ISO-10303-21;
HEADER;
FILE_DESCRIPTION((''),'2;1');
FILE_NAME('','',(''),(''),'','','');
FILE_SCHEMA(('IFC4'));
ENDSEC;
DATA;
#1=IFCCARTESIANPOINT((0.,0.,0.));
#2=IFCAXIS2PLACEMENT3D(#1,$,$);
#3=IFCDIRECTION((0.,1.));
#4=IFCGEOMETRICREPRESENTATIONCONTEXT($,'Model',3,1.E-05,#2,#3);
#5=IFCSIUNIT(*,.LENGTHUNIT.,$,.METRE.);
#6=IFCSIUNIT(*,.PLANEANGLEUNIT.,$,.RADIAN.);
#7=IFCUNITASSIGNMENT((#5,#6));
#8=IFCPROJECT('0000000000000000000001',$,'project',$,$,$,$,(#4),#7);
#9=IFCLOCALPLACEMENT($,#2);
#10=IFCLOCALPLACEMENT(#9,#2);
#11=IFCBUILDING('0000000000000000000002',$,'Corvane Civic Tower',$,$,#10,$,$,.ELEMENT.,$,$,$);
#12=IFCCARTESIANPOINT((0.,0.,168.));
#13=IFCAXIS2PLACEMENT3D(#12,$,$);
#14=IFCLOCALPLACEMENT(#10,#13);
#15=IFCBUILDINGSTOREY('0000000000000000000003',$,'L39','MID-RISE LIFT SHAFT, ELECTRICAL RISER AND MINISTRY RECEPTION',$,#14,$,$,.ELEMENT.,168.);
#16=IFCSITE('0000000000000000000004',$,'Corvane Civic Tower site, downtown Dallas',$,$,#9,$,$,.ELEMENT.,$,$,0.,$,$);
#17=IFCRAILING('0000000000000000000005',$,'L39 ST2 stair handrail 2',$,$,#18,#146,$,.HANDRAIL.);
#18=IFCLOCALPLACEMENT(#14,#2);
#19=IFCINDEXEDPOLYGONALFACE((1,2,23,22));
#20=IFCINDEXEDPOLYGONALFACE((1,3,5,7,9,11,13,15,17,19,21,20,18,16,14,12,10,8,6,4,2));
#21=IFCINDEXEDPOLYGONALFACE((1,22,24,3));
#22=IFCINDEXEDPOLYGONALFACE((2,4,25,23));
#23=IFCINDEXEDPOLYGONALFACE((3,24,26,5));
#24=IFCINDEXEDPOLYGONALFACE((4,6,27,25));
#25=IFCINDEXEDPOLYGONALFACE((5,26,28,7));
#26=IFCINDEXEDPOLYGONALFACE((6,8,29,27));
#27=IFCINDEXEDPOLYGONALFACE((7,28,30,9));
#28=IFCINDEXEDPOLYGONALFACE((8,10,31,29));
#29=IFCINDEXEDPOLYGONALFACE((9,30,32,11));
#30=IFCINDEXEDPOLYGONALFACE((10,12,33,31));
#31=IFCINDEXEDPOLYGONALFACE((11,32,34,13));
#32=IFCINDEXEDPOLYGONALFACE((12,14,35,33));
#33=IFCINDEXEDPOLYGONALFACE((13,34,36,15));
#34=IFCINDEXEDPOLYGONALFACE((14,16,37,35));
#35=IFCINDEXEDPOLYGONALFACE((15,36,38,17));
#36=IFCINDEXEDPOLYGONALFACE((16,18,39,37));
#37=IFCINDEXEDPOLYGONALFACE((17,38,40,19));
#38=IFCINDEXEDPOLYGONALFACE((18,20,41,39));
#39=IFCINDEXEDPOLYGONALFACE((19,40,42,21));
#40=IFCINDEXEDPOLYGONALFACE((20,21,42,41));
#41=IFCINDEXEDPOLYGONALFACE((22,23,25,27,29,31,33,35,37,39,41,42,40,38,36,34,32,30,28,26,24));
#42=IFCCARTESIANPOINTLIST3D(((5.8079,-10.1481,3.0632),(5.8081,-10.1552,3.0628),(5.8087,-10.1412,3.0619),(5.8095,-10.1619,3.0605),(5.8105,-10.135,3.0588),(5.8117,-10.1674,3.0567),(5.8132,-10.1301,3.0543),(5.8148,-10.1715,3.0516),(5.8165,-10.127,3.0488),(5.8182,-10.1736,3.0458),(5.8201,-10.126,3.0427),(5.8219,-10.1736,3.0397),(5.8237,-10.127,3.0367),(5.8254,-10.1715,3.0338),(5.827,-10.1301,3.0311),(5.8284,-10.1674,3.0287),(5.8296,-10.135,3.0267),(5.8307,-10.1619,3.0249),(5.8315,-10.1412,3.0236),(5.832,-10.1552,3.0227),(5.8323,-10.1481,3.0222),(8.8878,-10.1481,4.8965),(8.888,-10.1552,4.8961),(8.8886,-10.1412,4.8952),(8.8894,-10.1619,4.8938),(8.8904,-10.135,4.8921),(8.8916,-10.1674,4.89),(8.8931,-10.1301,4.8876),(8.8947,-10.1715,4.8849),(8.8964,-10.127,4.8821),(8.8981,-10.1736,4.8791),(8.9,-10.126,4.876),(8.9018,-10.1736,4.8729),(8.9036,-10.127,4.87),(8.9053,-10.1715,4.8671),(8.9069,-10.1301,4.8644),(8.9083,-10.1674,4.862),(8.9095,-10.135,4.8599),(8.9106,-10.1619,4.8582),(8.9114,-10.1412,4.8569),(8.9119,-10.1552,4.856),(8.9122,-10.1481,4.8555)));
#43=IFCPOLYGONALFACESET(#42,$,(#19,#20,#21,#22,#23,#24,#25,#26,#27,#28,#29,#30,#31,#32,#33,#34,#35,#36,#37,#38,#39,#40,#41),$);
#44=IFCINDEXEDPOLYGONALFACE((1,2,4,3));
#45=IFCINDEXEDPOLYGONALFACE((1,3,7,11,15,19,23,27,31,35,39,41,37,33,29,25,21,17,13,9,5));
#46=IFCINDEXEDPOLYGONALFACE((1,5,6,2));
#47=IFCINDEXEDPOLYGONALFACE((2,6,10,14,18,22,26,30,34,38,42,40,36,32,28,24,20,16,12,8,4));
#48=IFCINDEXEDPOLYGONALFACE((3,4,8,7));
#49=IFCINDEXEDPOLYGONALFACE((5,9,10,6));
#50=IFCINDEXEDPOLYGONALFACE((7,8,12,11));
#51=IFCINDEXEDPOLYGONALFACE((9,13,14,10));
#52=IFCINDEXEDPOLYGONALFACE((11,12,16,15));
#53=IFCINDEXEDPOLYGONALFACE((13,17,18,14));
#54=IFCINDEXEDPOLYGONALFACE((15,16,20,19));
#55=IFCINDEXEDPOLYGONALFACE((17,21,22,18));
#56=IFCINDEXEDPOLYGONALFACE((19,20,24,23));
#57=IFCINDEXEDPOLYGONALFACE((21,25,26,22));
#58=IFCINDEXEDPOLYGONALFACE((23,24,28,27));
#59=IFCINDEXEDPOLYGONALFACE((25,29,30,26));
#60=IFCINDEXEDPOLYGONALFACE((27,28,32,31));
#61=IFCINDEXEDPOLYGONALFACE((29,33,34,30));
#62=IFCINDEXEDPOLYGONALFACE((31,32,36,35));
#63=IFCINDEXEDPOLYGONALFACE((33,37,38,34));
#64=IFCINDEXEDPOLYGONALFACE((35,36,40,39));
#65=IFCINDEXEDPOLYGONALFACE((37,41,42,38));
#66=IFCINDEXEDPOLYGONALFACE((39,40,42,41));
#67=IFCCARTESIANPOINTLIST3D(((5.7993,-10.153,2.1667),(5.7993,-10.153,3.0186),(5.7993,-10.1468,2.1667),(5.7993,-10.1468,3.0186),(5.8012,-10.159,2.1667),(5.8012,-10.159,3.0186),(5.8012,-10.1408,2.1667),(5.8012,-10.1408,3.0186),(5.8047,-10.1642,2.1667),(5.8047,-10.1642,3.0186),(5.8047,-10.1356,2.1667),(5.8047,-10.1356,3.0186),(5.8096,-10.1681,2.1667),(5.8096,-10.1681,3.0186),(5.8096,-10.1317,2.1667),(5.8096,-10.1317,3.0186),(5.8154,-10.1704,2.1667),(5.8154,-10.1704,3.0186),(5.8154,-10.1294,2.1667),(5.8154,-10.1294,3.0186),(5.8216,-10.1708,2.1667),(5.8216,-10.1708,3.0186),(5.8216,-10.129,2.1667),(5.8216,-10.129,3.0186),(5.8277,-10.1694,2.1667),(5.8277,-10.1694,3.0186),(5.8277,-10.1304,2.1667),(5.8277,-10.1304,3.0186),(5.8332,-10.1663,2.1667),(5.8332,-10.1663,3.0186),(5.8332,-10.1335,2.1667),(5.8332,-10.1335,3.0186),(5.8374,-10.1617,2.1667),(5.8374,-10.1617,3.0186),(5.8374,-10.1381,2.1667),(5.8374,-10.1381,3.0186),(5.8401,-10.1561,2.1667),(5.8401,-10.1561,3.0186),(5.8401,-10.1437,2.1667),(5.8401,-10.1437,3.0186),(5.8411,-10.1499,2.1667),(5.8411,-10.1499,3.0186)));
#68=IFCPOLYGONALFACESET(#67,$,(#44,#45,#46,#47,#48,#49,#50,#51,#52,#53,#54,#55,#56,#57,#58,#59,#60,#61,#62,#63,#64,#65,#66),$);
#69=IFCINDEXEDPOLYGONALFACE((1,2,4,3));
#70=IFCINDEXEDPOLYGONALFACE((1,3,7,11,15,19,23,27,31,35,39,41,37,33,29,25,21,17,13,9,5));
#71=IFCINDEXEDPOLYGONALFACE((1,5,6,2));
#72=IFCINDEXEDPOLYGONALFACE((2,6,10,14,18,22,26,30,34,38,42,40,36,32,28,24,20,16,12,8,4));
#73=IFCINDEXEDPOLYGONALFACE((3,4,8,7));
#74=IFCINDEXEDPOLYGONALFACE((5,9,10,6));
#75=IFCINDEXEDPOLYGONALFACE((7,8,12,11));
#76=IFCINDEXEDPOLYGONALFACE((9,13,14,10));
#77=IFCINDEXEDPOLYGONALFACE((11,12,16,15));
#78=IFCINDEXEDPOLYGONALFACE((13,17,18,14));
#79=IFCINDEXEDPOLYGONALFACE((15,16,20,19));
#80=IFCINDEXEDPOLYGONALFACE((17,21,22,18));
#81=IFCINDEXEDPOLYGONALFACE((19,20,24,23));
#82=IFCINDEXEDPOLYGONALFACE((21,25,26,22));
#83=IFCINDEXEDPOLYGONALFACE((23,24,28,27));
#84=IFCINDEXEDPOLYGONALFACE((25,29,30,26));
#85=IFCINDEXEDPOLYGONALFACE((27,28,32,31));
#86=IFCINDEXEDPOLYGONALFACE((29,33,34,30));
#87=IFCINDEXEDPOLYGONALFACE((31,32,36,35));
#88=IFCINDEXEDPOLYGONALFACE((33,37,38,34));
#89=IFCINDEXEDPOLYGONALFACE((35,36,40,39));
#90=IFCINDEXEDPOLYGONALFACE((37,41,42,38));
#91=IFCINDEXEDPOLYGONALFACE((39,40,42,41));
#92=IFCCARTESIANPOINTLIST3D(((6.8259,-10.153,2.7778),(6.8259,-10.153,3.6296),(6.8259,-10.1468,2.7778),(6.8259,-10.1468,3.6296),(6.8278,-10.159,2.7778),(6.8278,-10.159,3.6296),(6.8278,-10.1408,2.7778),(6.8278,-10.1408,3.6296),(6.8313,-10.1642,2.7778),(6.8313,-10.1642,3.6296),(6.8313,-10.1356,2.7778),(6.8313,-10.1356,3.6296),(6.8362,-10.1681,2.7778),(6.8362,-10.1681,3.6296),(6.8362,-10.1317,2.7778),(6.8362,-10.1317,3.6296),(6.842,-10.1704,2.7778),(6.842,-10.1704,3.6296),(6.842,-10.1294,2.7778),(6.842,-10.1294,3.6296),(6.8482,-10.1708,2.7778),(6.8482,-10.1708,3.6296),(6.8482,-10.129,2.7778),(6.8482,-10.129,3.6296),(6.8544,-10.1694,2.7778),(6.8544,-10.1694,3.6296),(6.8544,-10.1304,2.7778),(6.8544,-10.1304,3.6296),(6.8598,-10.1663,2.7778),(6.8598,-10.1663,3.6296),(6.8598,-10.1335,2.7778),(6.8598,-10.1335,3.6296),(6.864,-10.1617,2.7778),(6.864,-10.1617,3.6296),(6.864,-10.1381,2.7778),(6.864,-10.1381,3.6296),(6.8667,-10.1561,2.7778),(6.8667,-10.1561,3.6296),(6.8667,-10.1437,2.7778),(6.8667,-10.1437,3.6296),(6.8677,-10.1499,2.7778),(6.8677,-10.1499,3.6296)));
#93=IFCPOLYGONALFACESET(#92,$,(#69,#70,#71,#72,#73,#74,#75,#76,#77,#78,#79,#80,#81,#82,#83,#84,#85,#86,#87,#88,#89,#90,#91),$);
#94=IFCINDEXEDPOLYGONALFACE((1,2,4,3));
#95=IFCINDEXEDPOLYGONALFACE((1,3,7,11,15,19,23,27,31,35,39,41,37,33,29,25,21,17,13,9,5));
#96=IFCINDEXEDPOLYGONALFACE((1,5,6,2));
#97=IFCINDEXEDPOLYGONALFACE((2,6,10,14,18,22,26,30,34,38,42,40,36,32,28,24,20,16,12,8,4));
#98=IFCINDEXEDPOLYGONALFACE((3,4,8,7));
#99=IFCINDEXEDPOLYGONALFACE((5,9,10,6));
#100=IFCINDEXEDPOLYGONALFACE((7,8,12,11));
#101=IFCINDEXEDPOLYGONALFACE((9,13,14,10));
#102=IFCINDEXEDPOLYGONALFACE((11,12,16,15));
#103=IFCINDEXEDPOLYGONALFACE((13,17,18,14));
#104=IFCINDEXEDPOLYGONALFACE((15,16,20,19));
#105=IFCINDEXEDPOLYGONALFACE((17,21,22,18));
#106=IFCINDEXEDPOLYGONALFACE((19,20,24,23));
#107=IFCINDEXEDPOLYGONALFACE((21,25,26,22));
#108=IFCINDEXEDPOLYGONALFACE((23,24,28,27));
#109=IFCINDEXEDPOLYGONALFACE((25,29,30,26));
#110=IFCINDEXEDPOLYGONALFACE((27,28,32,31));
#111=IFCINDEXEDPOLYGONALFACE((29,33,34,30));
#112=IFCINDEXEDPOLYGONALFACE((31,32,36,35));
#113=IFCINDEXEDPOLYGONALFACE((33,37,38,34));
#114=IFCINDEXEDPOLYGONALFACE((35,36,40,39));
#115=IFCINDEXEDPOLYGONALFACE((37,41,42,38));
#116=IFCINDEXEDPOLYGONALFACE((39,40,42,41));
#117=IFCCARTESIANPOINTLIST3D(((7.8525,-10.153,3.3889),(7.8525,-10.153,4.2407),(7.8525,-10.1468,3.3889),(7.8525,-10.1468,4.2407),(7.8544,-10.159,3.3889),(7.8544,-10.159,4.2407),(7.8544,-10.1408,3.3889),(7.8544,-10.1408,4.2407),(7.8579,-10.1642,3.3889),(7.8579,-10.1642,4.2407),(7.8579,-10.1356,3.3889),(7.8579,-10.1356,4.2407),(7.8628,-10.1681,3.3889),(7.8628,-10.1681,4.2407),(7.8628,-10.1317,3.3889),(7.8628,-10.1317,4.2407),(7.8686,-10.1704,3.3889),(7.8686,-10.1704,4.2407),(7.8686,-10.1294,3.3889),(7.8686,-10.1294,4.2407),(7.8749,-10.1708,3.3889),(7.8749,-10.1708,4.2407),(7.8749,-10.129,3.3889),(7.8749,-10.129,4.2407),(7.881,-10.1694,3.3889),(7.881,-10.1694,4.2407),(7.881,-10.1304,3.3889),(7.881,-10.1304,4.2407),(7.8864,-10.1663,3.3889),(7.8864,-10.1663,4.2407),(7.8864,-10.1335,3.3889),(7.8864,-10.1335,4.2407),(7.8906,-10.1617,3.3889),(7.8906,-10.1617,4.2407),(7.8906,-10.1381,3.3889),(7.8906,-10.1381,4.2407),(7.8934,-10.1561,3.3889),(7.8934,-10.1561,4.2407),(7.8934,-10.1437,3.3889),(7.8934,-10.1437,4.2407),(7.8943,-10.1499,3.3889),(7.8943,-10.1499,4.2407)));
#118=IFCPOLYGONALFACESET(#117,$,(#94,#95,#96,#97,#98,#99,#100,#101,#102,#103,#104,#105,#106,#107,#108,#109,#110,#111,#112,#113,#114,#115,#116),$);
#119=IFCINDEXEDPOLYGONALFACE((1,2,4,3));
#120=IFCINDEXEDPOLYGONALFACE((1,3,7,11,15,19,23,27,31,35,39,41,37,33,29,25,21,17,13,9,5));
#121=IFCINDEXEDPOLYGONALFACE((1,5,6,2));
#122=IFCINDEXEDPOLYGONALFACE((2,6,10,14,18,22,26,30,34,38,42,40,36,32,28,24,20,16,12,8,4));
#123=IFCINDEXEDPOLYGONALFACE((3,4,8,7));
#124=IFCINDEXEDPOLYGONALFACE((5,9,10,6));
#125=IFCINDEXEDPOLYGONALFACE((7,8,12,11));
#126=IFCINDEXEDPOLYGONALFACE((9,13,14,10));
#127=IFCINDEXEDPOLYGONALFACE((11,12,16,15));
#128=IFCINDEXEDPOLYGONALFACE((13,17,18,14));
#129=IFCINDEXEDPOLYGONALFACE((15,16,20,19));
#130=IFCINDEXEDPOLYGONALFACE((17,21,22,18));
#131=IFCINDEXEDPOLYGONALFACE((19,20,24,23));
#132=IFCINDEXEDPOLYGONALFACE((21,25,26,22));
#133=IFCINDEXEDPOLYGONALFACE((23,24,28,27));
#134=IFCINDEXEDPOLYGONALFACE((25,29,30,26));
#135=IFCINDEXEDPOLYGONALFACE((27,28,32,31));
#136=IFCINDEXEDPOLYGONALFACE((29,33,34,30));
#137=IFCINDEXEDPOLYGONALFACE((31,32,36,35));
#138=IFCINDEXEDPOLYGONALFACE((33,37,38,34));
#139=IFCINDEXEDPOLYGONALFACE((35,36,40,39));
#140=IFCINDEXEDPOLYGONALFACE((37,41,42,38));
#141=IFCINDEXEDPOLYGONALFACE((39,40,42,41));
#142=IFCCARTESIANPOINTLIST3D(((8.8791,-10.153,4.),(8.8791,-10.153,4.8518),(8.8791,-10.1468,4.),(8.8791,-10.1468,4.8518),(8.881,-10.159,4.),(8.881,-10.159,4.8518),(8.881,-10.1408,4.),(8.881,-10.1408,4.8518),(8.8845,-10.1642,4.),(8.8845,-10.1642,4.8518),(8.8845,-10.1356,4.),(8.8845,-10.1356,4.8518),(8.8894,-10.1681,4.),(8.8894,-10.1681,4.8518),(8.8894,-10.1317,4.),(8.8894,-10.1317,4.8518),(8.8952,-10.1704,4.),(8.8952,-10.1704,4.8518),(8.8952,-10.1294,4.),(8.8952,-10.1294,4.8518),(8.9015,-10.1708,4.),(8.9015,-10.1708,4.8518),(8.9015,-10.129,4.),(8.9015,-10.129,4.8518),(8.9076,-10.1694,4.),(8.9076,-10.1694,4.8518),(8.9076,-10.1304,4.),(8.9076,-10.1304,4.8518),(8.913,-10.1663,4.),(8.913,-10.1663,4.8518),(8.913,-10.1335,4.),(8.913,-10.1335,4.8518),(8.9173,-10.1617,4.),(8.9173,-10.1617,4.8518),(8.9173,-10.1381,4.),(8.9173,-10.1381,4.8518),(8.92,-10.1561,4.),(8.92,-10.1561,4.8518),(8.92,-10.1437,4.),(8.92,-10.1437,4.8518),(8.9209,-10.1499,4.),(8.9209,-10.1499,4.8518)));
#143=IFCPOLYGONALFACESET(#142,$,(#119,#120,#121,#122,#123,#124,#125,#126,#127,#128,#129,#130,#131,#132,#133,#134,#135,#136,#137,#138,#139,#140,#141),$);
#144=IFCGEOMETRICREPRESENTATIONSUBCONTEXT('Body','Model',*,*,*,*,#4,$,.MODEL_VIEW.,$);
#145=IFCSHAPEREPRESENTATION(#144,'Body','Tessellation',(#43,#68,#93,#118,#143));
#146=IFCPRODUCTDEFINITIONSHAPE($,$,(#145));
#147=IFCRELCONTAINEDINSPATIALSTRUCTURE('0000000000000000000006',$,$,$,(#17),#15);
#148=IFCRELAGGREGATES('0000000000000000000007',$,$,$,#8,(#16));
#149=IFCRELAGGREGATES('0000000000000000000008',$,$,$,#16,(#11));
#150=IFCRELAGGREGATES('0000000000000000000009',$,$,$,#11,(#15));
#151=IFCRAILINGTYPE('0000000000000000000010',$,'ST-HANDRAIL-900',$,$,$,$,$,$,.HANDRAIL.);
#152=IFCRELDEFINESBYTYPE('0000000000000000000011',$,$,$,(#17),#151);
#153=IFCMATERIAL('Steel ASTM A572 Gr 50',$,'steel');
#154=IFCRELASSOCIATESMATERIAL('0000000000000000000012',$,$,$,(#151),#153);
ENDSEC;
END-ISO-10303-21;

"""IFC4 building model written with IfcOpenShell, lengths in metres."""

from ifc_helpers import new_model, si_unit, direction, frame, origin, origin_2d, place, context, subcontext, project, spatial, circle, extrude, material, type_object, element, save


model = new_model("IFC4")

# Units and contexts
model_context = context("Model", 3, precision=1e-05, world=origin(), true_north=direction((0.0, 1.0)))
body_context = subcontext(model_context, "Body", "Model", "MODEL_VIEW")
ifc_project = project(units=[si_unit("LENGTHUNIT", "METRE"), si_unit("PLANEANGLEUNIT", "RADIAN")], contexts=[model_context])

# Site, building, storey
site_placement = place(None, origin())
site = spatial("IfcSite", under=ifc_project, at=site_placement, Name="Corvane Civic Tower site, downtown Dallas", CompositionType="ELEMENT", RefElevation=0.0)
building_placement = place(site_placement, origin())
building = spatial("IfcBuilding", under=site, at=building_placement, Name="Corvane Civic Tower", CompositionType="ELEMENT")
storey_placement = place(building_placement, frame((0.0, 0.0, 168.0)))
storey = spatial("IfcBuildingStorey", under=building, at=storey_placement, Name="L39", Description="MID-RISE LIFT SHAFT, ELECTRICAL RISER AND MINISTRY RECEPTION", CompositionType="ELEMENT", Elevation=168.0)

# Railing
ifc_material_1 = material(Name="Steel ASTM A572 Gr 50", Category="steel")
railing_type_1 = type_object("IfcRailingType", Name="ST-HANDRAIL-900", PredefinedType="HANDRAIL", material=ifc_material_1)
railing_1_placement = place(storey_placement, frame((5.8201, -10.1499, 2.1667)))
element("IfcRailing", 1, at=railing_1_placement, inside=storey, type_object=railing_type_1, Name="L39 ST2 stair handrail 2", PredefinedType="HANDRAIL", context=body_context, shape_type="SweptSolid", body=[
    extrude(circle(Radius=0.0239, at=origin_2d()), frame((0.0, 0.0, 0.876), z_axis=(0.859291, 0.0, 0.511487), x_axis=(0.0, 1.0, 0.0)), (0.0, 0.0, 1.0), 3.5842),
    extrude(circle(Radius=0.021, at=origin_2d()), origin(), (0.0, 0.0, 1.0), 0.8518),
    extrude(circle(Radius=0.021, at=origin_2d()), frame((1.0266, 0.0, 0.6111)), (0.0, 0.0, 1.0), 0.8518),
    extrude(circle(Radius=0.021, at=origin_2d()), frame((2.0532, 0.0, 1.2222)), (0.0, 0.0, 1.0), 0.8518),
    extrude(circle(Radius=0.021, at=origin_2d()), frame((3.0798, 0.0, 1.8333)), (0.0, 0.0, 1.0), 0.8518),
])

save(model, "model.ifc")
